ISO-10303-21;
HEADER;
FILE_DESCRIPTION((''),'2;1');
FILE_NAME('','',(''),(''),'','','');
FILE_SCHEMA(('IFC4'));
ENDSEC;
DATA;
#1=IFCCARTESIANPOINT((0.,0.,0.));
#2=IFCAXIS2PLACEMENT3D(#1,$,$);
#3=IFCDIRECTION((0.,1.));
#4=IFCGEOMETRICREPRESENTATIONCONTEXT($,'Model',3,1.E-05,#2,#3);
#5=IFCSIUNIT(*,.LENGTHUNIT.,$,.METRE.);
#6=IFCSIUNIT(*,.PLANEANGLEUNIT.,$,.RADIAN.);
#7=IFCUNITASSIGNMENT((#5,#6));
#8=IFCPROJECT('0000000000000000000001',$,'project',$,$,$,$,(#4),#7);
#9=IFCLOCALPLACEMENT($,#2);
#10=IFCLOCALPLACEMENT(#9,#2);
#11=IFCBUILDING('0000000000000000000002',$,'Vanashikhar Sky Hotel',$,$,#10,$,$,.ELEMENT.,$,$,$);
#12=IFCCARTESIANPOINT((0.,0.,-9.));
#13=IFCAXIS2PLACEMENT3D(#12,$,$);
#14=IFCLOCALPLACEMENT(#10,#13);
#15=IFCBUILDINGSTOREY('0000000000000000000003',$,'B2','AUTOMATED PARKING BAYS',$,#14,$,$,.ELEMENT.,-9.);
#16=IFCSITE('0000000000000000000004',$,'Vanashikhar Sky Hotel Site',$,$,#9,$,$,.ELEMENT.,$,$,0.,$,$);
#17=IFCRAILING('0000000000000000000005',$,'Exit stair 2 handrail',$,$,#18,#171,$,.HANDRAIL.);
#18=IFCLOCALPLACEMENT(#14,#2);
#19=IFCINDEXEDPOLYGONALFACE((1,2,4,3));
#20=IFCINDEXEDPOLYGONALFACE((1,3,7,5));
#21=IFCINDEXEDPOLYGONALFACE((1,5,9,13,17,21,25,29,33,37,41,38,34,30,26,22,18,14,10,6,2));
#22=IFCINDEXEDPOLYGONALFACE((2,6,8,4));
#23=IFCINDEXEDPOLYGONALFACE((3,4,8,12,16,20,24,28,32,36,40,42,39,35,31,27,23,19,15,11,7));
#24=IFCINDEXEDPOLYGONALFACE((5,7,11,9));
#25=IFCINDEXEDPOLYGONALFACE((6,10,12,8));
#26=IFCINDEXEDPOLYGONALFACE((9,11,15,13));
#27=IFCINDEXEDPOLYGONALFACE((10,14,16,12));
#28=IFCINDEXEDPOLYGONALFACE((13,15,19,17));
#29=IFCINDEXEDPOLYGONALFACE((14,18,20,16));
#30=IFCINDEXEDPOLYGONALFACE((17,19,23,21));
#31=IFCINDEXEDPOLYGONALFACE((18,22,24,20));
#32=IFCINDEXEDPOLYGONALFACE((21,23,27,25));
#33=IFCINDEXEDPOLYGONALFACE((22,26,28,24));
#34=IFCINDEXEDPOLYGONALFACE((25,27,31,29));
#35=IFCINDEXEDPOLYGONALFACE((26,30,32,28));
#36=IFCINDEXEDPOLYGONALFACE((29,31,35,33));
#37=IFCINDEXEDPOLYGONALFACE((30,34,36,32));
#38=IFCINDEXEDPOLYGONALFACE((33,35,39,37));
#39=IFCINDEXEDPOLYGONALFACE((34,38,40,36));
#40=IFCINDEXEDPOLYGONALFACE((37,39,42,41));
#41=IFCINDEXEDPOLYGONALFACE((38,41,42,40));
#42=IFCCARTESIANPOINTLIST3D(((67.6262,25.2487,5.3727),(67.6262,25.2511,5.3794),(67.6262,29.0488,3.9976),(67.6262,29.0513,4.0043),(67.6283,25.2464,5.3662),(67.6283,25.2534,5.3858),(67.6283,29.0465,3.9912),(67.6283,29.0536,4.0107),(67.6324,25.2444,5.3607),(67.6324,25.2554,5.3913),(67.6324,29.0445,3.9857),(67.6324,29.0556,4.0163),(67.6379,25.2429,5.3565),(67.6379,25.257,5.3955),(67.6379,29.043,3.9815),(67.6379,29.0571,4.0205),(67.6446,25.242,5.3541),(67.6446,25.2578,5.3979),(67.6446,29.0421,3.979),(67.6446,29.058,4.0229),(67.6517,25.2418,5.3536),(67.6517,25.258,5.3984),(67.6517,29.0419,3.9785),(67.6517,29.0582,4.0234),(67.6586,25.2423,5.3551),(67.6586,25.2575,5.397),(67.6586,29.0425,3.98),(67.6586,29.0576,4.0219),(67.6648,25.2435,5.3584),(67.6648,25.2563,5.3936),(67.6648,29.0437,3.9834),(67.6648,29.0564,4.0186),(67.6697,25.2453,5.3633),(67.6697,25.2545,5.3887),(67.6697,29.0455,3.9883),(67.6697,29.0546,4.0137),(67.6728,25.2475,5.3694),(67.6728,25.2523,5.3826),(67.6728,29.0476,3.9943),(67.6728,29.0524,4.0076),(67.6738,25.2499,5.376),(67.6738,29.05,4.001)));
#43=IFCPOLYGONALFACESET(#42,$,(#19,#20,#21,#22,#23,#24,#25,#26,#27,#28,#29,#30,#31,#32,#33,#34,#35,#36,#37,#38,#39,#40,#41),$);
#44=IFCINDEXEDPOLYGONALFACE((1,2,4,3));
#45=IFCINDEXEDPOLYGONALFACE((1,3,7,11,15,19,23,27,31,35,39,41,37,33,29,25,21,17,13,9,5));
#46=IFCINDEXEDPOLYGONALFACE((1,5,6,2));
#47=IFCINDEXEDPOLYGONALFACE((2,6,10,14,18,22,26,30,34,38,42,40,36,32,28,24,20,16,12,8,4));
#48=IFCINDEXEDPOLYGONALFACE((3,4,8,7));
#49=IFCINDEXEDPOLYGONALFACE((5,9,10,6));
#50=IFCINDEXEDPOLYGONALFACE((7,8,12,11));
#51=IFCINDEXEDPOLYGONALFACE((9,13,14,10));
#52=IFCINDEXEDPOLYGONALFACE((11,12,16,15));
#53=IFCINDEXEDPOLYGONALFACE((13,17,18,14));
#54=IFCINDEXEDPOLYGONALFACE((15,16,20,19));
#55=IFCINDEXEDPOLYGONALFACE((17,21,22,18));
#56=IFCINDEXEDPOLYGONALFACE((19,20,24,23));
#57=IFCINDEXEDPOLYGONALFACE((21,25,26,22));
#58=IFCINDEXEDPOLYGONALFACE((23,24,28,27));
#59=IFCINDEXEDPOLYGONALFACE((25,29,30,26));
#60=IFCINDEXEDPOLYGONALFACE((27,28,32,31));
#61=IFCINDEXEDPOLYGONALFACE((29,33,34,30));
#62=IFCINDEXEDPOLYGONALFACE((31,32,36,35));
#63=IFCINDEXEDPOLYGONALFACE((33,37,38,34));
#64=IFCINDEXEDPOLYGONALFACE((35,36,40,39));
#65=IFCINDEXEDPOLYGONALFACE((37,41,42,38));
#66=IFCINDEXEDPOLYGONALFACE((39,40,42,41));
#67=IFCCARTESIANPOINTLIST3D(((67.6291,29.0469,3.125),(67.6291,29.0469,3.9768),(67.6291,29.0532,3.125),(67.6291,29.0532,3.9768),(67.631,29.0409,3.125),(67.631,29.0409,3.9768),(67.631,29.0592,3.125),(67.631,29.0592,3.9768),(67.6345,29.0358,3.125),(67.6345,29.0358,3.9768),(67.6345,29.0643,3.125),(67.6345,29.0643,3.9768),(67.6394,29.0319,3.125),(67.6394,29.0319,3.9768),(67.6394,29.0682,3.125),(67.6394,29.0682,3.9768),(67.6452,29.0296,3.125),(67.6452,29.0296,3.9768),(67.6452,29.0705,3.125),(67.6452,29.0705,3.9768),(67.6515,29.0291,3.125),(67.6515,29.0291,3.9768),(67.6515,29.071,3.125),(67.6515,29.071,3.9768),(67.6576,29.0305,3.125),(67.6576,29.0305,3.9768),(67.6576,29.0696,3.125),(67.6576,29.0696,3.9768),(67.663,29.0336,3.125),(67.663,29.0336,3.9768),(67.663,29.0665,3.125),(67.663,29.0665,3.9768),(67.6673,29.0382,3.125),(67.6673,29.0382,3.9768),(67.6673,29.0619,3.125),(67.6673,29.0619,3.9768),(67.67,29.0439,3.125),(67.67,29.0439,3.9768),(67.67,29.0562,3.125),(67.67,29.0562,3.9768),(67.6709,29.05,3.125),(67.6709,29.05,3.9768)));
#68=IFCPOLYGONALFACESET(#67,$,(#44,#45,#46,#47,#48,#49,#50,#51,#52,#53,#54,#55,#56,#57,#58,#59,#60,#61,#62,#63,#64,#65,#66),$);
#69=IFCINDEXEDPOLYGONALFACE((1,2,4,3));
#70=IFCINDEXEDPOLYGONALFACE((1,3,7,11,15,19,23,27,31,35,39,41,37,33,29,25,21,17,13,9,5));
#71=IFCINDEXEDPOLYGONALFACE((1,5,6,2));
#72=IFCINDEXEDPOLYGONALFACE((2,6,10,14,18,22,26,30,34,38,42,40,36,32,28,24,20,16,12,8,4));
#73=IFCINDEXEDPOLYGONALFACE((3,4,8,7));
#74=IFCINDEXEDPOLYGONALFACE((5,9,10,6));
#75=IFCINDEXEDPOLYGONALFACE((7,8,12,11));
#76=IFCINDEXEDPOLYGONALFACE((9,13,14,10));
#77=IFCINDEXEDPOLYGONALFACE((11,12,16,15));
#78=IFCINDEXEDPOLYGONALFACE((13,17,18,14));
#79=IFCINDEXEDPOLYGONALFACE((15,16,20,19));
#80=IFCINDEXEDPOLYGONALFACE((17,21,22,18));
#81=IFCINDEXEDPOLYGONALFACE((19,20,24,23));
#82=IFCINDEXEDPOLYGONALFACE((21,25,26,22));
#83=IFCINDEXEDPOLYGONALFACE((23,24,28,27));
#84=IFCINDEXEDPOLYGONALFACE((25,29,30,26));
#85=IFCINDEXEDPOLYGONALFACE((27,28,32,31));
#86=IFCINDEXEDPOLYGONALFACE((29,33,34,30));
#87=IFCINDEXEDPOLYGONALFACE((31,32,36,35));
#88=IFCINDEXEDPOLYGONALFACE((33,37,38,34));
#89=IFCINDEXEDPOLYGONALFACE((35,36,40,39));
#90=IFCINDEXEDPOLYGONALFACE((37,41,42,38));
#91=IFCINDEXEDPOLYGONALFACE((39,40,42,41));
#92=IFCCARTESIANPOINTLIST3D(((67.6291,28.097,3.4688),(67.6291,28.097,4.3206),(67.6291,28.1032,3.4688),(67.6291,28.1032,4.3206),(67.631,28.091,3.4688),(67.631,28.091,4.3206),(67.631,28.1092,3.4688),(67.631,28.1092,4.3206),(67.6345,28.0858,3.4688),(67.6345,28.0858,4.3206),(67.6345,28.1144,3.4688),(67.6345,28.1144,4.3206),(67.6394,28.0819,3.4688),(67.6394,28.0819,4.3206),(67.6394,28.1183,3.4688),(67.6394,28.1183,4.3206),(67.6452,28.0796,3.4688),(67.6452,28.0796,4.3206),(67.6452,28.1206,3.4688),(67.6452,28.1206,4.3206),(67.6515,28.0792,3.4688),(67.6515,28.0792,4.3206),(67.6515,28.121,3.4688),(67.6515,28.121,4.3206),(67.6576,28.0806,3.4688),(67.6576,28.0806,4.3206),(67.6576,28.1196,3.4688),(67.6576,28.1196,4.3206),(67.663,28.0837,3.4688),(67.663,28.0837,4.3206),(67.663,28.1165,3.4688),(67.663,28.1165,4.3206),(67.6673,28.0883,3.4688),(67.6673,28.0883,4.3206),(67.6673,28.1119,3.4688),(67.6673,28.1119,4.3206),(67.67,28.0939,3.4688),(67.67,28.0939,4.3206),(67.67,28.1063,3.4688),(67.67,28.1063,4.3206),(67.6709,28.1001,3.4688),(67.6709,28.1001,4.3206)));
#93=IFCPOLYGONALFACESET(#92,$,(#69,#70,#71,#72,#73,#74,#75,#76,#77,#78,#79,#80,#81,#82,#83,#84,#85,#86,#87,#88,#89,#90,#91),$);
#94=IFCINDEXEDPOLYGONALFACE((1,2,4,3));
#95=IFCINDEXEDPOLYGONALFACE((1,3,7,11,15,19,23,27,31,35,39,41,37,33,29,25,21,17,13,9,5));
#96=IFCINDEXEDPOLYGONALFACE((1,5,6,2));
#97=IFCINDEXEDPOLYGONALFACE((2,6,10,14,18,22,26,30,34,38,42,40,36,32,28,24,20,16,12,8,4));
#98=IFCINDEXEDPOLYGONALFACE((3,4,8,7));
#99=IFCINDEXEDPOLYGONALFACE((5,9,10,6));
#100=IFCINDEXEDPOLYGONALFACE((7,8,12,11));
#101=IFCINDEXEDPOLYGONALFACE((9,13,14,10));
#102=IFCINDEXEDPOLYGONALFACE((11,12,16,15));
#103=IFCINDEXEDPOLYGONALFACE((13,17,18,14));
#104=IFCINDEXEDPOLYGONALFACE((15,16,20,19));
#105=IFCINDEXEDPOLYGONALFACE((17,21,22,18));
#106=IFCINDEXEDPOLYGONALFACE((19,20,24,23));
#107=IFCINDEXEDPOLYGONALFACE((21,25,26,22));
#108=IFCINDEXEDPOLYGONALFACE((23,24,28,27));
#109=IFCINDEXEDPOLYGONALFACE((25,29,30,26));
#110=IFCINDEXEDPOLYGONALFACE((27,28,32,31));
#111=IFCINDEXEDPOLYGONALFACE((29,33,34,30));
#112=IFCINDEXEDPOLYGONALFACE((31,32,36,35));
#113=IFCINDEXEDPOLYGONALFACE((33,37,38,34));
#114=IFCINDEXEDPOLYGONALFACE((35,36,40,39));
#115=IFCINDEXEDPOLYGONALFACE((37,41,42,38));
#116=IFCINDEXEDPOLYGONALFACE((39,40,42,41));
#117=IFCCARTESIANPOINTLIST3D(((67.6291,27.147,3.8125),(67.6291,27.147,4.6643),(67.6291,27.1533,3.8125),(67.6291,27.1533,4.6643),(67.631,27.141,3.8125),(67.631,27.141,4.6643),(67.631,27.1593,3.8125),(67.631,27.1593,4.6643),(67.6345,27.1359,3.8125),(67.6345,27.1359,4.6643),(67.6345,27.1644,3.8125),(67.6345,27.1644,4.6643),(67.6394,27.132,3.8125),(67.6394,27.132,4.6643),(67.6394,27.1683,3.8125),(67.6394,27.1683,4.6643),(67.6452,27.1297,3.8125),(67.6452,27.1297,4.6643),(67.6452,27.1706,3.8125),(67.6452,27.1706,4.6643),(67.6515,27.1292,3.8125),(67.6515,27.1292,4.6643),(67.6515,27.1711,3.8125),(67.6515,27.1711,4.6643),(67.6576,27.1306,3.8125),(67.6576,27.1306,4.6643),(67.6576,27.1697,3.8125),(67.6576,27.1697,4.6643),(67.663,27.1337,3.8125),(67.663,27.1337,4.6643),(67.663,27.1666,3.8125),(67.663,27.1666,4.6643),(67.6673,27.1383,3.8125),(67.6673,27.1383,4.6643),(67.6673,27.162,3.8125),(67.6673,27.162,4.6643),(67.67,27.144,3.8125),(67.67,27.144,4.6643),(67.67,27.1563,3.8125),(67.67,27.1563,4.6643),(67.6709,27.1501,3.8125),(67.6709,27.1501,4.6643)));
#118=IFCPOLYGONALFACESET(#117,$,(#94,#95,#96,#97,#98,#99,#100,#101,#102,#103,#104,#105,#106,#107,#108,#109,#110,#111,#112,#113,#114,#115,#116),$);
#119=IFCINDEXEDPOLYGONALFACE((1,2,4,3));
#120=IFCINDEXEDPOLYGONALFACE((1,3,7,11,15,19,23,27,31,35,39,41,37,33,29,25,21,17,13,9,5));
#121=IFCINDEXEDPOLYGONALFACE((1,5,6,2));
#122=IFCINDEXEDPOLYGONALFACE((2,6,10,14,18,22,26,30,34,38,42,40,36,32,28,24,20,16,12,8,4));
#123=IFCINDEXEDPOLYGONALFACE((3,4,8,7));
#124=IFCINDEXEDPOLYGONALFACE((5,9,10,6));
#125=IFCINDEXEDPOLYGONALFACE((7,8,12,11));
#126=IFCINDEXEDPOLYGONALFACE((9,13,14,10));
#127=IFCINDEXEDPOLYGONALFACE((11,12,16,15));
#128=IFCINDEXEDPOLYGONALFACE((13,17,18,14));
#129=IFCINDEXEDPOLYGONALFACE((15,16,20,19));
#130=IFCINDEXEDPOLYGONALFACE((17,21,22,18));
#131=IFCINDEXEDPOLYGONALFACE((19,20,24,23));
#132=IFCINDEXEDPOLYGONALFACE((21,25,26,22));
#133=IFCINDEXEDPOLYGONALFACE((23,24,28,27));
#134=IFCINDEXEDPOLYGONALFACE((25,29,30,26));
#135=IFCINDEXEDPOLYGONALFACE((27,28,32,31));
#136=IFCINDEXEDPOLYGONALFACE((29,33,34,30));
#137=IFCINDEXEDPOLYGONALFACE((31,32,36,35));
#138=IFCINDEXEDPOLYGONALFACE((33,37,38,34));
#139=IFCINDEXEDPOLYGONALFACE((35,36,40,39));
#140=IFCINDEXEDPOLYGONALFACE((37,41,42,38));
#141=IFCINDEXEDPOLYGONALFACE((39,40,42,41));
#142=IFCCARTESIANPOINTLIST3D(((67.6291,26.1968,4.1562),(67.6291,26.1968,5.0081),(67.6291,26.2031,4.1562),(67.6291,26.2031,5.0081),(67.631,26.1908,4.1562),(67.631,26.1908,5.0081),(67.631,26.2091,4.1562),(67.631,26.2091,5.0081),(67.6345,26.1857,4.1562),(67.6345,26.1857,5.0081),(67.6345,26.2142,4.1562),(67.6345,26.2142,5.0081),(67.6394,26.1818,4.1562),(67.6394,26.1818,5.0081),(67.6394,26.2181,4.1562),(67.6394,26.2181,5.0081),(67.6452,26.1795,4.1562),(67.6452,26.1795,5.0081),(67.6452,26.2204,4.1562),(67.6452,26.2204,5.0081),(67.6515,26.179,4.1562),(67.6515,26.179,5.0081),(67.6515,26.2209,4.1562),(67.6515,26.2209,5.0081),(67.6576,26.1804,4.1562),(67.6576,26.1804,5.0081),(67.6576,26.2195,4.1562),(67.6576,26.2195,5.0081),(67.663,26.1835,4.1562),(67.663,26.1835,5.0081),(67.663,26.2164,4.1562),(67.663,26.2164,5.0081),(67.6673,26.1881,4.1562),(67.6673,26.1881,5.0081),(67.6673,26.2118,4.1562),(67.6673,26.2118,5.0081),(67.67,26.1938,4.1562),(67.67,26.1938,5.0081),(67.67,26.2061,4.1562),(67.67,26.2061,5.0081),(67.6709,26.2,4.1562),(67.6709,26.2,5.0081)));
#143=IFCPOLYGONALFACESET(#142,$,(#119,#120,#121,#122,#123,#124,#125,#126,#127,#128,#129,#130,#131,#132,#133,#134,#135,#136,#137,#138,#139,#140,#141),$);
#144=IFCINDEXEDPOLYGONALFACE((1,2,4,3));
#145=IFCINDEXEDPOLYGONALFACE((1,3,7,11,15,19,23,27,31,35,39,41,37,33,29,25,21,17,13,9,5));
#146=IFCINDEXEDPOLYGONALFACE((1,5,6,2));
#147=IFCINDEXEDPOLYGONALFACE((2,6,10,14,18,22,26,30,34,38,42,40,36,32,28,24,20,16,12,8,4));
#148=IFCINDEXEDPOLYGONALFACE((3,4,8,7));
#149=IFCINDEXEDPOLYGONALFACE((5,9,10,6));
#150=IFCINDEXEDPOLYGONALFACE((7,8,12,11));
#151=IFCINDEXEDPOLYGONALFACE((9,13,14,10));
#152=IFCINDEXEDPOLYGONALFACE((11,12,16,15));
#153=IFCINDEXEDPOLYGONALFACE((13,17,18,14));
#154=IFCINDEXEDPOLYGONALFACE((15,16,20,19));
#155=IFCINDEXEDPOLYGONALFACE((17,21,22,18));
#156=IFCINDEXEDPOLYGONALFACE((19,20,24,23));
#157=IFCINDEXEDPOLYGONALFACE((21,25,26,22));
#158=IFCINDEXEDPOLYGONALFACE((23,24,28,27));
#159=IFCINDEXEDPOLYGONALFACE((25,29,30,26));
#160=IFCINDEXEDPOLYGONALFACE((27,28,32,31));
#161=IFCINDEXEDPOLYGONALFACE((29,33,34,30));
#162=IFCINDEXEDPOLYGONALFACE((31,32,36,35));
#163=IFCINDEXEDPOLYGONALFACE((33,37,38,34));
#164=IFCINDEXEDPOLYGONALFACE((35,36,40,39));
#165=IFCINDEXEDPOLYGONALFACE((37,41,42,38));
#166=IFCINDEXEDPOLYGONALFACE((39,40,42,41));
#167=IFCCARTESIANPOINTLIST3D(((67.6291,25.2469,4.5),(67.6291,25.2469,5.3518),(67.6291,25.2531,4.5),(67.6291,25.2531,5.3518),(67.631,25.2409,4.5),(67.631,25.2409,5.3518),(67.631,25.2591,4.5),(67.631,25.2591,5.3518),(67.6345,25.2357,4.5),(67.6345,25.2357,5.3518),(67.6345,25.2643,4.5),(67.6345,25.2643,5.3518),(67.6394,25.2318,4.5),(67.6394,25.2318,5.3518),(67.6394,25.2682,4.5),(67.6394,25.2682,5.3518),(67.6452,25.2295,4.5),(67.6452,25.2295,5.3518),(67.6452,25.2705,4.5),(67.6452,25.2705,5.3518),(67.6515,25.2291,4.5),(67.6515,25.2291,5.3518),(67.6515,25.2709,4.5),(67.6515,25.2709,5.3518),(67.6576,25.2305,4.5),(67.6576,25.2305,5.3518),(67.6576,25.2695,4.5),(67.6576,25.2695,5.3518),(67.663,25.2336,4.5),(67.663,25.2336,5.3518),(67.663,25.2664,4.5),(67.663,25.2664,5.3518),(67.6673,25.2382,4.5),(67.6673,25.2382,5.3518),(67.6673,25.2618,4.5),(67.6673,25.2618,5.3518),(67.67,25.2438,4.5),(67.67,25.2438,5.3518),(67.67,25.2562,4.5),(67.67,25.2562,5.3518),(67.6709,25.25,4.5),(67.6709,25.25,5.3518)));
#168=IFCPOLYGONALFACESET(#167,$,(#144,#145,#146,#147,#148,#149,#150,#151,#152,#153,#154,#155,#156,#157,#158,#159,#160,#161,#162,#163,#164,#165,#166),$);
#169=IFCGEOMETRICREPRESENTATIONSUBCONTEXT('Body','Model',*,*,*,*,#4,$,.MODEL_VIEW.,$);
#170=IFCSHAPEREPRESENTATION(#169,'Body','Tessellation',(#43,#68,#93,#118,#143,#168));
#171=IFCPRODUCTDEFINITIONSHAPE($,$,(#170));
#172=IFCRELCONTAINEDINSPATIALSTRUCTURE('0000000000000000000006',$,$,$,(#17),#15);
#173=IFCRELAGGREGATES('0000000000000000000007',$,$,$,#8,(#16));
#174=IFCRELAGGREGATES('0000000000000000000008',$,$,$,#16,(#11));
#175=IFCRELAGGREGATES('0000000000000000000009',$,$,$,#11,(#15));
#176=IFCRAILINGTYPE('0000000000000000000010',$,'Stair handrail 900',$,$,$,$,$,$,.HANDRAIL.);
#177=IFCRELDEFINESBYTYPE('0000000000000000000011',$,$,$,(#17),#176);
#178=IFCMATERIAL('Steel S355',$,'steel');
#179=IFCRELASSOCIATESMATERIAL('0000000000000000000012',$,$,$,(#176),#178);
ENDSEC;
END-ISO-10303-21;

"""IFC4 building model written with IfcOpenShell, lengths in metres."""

from ifc_helpers import new_model, si_unit, direction, frame, origin, origin_2d, place, context, subcontext, project, spatial, circle, extrude, source, transform, mapped, material, type_object, element, save


model = new_model("IFC4")

# Units and contexts
model_context = context("Model", 3, precision=1e-05, world=origin(), true_north=direction((0.0, 1.0)))
body_context = subcontext(model_context, "Body", "Model", "MODEL_VIEW")
ifc_project = project(units=[si_unit("LENGTHUNIT", "METRE"), si_unit("PLANEANGLEUNIT", "RADIAN")], contexts=[model_context])

# Site, building, storey
site_placement = place(None, origin())
site = spatial("IfcSite", under=ifc_project, at=site_placement, Name="Vanashikhar Sky Hotel Site", CompositionType="ELEMENT", RefElevation=0.0)
building_placement = place(site_placement, origin())
building = spatial("IfcBuilding", under=site, at=building_placement, Name="Vanashikhar Sky Hotel", CompositionType="ELEMENT")
storey_placement = place(building_placement, frame((0.0, 0.0, -9.0)))
storey = spatial("IfcBuildingStorey", under=building, at=storey_placement, Name="B2", Description="AUTOMATED PARKING BAYS", CompositionType="ELEMENT", Elevation=-9.0)

# Railing
ifc_material_1 = material(Name="Steel S355", Category="steel")
railing_type_1 = type_object("IfcRailingType", Name="Stair handrail 900", PredefinedType="HANDRAIL", material=ifc_material_1)
shared_shape_1 = source(origin(), body_context, "Body", "SweptSolid", [
    extrude(circle(Radius=0.0239, at=origin_2d()), frame((0.0, 0.0, 0.876), z_axis=(0.0, -0.940336, 0.340249), x_axis=(1.0, 0.0, 0.0)), (0.0, 0.0, 1.0), 4.0413),
    extrude(circle(Radius=0.021, at=origin_2d()), origin(), (0.0, 0.0, 1.0), 0.8518),
    extrude(circle(Radius=0.021, at=origin_2d()), frame((0.0, -0.95, 0.3438)), (0.0, 0.0, 1.0), 0.8518),
    extrude(circle(Radius=0.021, at=origin_2d()), frame((0.0, -1.8999, 0.6875)), (0.0, 0.0, 1.0), 0.8518),
    extrude(circle(Radius=0.021, at=origin_2d()), frame((0.0, -2.8501, 1.0312)), (0.0, 0.0, 1.0), 0.8518),
    extrude(circle(Radius=0.021, at=origin_2d()), frame((0.0, -3.8, 1.375)), (0.0, 0.0, 1.0), 0.8518),
])
for number, where, name in (
    (1, (67.6499, 29.05, 3.125), "Exit stair 2 handrail"),
):
    element("IfcRailing", number, at=place(storey_placement, frame(where)), inside=storey, type_object=railing_type_1, Name=name, PredefinedType="HANDRAIL", context=body_context, shape_type="MappedRepresentation", body=[
        mapped(shared_shape_1, transform((0.0, 0.0, 0.0), scale=1.0)),
    ])

save(model, "model.ifc")
